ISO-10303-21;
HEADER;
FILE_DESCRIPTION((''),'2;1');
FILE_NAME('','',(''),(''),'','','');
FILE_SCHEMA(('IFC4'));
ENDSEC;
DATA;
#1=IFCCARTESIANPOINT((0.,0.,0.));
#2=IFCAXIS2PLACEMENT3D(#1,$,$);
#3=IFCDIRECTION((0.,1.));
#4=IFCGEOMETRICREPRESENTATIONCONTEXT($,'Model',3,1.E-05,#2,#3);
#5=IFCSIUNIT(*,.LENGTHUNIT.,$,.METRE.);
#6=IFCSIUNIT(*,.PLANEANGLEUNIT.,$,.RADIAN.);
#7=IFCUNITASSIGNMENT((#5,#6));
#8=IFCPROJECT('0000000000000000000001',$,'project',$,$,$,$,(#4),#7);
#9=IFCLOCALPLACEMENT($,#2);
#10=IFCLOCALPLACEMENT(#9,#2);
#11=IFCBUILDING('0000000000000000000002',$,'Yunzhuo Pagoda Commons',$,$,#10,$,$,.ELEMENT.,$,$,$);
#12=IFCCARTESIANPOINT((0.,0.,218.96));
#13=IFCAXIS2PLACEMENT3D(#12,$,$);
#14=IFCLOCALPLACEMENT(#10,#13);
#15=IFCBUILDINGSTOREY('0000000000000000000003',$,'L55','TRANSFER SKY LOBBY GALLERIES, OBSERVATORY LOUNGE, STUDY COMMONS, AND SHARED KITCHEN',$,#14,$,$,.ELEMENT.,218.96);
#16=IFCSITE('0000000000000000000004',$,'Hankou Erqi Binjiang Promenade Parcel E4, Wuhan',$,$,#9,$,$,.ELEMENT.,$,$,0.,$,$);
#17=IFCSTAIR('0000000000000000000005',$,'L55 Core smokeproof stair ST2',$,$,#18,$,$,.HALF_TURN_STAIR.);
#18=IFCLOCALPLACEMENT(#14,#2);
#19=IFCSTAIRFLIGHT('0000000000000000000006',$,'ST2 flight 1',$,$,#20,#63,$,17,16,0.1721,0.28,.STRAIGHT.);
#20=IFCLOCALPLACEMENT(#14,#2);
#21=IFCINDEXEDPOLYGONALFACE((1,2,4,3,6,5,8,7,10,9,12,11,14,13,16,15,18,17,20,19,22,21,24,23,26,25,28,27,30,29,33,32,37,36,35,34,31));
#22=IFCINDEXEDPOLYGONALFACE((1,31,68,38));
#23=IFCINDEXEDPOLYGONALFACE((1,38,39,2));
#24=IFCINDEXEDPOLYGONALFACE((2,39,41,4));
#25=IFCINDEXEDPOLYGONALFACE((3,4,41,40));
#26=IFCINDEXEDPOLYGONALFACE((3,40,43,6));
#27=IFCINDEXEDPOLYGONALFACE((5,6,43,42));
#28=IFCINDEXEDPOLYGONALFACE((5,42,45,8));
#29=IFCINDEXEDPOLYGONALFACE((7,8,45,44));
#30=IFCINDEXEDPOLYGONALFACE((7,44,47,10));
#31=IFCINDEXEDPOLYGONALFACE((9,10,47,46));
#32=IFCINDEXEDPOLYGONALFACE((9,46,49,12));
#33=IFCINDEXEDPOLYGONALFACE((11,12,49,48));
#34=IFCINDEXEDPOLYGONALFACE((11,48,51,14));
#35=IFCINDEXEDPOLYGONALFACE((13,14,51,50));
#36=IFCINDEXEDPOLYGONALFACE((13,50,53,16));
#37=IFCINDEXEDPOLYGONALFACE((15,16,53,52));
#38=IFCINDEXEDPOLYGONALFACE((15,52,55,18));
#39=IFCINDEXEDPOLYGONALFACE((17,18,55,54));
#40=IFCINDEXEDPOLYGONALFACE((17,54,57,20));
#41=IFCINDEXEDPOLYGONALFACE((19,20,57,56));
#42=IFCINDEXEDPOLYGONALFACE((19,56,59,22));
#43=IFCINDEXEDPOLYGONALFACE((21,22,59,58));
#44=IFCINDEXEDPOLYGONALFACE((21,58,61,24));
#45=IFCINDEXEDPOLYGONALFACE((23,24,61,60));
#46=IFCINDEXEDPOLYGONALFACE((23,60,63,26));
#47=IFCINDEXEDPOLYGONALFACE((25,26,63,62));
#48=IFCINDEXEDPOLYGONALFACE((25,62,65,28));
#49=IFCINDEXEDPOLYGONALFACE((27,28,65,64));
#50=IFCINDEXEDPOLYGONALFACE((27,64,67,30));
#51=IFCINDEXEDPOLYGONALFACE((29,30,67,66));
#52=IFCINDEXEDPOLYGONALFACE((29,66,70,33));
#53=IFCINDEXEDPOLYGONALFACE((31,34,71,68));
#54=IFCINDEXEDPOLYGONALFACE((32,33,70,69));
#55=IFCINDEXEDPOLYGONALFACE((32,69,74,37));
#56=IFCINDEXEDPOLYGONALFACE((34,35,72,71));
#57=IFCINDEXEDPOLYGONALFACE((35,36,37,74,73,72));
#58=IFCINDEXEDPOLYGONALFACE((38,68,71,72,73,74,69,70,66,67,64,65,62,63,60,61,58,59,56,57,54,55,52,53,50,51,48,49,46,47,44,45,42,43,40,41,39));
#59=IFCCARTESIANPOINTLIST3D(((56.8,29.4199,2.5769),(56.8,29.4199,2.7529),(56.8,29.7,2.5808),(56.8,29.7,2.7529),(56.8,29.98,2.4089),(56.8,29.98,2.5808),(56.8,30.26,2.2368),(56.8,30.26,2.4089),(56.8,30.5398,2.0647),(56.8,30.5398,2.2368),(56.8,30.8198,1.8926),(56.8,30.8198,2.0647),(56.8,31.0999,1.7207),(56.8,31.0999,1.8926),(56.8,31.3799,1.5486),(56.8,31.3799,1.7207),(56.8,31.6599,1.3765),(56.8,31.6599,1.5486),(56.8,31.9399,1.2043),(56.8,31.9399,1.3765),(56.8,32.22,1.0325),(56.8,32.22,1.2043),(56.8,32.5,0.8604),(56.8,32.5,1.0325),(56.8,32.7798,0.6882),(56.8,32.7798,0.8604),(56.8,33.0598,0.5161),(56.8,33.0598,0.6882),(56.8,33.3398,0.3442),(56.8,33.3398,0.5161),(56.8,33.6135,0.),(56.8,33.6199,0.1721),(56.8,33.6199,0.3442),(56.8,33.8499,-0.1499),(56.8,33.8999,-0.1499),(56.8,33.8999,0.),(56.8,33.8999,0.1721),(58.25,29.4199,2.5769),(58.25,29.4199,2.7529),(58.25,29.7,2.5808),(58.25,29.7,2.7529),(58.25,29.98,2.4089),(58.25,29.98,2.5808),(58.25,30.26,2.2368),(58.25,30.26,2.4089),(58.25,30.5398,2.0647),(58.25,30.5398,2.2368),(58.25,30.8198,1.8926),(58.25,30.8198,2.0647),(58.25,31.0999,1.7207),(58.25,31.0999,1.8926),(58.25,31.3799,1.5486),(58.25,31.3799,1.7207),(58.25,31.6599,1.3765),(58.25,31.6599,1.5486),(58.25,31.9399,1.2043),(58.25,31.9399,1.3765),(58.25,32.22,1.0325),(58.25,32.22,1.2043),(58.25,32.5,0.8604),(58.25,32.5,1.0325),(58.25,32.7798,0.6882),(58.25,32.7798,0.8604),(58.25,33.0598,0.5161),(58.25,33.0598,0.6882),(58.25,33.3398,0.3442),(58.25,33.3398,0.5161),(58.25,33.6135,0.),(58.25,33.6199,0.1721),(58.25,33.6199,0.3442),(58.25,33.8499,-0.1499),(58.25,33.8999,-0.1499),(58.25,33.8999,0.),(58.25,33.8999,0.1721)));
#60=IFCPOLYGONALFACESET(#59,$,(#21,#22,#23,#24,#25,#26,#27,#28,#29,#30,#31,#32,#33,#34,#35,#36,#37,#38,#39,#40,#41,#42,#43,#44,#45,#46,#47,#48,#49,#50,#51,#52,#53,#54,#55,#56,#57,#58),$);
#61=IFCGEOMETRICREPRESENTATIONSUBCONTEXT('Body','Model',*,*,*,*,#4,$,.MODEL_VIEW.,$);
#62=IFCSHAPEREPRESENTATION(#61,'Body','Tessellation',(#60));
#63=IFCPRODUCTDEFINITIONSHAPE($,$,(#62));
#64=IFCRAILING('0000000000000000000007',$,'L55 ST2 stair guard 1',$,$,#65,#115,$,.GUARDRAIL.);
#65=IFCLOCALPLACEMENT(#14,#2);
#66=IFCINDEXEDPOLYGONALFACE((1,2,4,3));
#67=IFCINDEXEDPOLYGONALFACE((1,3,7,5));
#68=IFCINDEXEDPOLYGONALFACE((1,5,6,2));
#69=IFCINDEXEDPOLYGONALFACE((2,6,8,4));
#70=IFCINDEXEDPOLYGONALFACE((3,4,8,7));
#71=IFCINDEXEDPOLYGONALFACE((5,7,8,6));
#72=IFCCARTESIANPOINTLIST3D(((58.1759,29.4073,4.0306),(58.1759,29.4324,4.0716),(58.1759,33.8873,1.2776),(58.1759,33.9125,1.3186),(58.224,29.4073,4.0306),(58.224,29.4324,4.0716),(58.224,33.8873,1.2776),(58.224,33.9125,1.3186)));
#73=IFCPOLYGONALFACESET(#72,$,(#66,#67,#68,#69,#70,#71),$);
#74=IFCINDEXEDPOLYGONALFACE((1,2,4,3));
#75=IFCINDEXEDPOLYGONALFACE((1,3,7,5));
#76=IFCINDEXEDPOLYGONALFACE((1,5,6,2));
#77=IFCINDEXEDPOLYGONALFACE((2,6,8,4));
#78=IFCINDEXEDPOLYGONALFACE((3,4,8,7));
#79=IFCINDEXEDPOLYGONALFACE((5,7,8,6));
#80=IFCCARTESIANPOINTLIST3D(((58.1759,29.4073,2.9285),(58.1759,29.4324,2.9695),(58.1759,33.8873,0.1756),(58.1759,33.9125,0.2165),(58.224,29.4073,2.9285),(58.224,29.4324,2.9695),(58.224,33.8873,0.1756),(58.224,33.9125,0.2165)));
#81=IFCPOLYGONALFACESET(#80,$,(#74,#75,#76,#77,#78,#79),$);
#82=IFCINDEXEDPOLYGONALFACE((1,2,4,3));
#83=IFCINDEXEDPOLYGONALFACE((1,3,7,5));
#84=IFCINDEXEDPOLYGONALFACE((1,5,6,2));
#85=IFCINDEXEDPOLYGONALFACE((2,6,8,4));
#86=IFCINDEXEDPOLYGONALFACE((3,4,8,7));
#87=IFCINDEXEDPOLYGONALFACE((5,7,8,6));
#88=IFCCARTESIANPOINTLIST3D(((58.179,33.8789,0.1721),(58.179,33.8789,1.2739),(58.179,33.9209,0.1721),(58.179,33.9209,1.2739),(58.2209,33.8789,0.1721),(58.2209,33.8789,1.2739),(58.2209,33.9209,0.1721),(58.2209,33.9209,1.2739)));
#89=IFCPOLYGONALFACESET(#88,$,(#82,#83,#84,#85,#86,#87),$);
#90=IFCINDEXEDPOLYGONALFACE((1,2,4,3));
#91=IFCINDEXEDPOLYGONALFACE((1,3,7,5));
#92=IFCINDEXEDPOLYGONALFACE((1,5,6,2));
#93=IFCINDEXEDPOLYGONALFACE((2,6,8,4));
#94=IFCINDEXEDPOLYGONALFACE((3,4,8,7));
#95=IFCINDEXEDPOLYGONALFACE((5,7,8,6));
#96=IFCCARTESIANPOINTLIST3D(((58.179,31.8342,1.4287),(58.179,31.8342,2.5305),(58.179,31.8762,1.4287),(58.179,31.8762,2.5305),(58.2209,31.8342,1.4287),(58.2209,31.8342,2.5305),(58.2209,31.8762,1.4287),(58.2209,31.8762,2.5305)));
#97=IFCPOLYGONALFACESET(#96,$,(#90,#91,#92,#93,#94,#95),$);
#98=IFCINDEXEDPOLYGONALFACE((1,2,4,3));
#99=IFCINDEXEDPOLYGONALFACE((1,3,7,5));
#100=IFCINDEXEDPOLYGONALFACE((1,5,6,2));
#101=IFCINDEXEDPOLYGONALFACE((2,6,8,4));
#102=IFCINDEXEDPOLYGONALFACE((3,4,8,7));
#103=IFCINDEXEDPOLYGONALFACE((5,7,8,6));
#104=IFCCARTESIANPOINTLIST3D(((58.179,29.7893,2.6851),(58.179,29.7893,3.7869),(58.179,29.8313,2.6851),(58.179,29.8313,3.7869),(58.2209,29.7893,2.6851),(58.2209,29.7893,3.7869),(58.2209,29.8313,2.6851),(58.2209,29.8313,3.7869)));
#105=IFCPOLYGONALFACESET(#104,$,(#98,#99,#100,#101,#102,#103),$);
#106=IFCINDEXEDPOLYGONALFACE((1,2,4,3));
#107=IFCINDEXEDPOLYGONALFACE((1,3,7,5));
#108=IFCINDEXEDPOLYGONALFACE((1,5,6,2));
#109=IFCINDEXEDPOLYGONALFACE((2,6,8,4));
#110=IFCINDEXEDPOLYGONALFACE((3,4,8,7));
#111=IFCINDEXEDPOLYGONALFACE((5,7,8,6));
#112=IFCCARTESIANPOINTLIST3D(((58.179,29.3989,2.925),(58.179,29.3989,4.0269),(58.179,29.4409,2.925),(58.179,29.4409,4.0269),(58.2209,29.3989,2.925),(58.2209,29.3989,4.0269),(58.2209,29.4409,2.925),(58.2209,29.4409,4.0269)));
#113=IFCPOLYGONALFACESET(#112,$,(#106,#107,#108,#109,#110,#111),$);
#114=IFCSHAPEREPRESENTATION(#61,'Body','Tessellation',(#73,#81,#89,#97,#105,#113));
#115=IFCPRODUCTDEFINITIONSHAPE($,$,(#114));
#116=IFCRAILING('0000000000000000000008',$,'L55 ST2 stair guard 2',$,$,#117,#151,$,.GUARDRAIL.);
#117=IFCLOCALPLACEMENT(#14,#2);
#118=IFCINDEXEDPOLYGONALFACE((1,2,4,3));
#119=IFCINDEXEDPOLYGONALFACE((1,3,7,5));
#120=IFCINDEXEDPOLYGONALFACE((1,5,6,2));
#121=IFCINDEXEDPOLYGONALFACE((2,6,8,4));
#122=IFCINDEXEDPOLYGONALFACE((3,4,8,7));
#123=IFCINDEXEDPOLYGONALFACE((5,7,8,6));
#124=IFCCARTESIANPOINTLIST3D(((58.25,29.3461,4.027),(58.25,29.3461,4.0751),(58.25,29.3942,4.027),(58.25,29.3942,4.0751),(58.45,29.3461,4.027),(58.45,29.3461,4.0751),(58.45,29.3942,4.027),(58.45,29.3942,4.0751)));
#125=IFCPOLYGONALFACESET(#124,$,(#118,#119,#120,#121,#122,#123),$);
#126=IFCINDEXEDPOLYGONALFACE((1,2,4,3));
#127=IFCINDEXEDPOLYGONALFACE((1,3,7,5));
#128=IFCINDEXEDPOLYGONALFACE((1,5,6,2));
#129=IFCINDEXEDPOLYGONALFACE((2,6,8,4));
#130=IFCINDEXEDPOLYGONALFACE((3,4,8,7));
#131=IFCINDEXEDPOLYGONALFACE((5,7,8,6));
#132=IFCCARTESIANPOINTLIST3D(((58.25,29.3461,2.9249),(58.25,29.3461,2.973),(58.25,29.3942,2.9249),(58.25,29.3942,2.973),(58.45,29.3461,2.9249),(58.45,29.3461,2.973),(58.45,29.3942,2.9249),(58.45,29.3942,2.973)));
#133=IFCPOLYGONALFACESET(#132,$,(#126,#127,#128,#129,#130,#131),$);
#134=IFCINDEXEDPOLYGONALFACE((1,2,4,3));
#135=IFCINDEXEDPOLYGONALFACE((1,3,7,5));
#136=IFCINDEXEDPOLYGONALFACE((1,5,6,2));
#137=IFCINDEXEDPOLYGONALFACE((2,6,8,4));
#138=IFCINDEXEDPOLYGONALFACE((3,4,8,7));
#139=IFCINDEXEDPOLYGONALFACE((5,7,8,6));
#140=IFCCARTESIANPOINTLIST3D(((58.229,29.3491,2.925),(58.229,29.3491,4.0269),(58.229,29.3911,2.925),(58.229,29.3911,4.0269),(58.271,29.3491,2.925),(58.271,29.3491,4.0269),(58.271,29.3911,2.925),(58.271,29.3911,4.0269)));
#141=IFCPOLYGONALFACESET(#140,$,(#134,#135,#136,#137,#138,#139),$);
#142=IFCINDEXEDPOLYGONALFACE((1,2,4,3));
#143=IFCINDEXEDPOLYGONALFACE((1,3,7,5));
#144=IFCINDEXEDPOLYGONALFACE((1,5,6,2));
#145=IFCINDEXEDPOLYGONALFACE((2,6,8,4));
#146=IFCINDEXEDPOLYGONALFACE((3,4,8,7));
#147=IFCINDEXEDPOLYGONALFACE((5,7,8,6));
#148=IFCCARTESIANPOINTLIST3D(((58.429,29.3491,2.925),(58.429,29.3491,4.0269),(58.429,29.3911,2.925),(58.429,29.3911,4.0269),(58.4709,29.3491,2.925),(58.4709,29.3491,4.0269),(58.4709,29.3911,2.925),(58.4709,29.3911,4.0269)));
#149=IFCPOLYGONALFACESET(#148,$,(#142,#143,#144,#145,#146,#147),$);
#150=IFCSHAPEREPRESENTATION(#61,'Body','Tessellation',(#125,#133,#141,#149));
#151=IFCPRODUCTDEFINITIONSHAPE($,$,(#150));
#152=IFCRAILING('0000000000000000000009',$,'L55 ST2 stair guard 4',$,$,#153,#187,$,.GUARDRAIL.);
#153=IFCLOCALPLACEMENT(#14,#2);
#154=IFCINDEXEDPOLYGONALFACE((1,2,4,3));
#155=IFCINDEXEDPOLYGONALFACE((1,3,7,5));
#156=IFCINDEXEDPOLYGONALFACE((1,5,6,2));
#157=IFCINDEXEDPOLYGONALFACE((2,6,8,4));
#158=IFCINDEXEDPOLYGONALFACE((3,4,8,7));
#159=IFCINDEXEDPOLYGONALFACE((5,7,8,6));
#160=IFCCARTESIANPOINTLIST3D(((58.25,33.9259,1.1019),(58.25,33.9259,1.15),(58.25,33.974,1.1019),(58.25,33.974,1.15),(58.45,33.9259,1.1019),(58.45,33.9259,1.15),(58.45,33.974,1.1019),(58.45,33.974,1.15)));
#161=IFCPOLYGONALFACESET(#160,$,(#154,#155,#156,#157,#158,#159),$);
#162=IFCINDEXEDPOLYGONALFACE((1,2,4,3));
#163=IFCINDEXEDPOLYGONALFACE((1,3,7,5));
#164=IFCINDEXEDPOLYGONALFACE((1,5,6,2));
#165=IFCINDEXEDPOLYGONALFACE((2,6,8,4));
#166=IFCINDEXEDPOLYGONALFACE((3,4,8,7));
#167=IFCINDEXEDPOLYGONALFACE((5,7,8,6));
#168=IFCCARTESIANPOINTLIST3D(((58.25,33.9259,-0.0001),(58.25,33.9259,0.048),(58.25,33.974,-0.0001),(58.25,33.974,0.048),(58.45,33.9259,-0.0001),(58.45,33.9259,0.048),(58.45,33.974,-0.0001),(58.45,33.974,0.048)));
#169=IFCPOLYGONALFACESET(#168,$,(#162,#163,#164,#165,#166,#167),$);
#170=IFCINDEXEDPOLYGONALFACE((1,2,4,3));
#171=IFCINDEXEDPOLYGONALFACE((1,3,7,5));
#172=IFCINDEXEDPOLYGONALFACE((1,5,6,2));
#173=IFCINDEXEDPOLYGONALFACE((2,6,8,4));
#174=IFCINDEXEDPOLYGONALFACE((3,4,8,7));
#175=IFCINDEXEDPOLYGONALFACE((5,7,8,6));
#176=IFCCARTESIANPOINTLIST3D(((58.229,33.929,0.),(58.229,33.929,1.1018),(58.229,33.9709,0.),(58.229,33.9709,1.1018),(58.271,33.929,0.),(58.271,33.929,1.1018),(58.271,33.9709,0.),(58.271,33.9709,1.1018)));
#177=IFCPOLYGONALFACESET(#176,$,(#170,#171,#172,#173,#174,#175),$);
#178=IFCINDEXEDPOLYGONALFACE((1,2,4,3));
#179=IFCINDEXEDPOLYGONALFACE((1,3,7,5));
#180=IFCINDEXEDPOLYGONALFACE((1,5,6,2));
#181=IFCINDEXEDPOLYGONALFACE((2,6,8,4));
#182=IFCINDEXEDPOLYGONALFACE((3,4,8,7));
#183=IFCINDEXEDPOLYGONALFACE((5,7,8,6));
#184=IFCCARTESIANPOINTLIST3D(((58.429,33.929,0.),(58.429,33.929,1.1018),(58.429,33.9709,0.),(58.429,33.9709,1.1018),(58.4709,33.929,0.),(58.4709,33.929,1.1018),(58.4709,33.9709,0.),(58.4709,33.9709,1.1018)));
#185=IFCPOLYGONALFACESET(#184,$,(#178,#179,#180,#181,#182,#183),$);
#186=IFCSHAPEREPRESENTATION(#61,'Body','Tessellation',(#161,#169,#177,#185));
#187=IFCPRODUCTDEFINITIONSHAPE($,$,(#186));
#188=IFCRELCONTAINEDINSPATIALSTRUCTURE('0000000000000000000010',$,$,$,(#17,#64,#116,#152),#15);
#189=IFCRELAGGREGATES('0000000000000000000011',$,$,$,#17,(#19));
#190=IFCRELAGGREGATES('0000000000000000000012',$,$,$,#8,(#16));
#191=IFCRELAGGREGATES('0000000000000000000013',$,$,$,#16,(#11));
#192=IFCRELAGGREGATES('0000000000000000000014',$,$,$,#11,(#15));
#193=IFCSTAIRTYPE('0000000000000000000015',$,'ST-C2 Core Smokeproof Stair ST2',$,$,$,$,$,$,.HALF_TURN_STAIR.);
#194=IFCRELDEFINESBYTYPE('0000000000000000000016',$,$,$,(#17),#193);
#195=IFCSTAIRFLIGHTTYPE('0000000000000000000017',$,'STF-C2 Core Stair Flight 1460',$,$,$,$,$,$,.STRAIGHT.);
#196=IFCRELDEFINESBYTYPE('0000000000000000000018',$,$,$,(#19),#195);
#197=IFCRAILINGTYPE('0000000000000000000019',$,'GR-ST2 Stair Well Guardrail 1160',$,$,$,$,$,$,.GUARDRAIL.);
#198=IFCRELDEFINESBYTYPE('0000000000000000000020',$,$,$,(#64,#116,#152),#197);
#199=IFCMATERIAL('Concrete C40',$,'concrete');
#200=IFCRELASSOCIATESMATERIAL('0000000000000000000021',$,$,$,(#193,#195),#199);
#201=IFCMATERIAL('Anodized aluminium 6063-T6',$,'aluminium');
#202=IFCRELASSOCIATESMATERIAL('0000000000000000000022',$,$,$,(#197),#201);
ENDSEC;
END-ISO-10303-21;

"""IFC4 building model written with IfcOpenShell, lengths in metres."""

from ifc_helpers import new_model, si_unit, direction, frame, origin, origin_2d, place, context, subcontext, project, spatial, polyline, rectangle, outline, extrude, source, transform, mapped, material, type_object, element, aggregate, save


model = new_model("IFC4")

# Units and contexts
model_context = context("Model", 3, precision=1e-05, world=origin(), true_north=direction((0.0, 1.0)))
body_context = subcontext(model_context, "Body", "Model", "MODEL_VIEW")
ifc_project = project(units=[si_unit("LENGTHUNIT", "METRE"), si_unit("PLANEANGLEUNIT", "RADIAN")], contexts=[model_context])

# Site, building, storey
site_placement = place(None, origin())
site = spatial("IfcSite", under=ifc_project, at=site_placement, Name="Hankou Erqi Binjiang Promenade Parcel E4, Wuhan", CompositionType="ELEMENT", RefElevation=0.0)
building_placement = place(site_placement, origin())
building = spatial("IfcBuilding", under=site, at=building_placement, Name="Yunzhuo Pagoda Commons", CompositionType="ELEMENT")
storey_placement = place(building_placement, frame((0.0, 0.0, 218.96)))
storey = spatial("IfcBuildingStorey", under=building, at=storey_placement, Name="L55", Description="TRANSFER SKY LOBBY GALLERIES, OBSERVATORY LOUNGE, STUDY COMMONS, AND SHARED KITCHEN", CompositionType="ELEMENT", Elevation=218.96)

# Shared definitions
ifc_material_1 = material(Name="Concrete C40", Category="concrete")

# Stair, stair flight
stair_type = type_object("IfcStairType", Name="ST-C2 Core Smokeproof Stair ST2", PredefinedType="HALF_TURN_STAIR", material=ifc_material_1)
stair_placement = place(storey_placement, origin())
stair = element("IfcStair", 1, at=stair_placement, inside=storey, type_object=stair_type, Name="L55 Core smokeproof stair ST2", PredefinedType="HALF_TURN_STAIR")
stair_flight_type = type_object("IfcStairFlightType", Name="STF-C2 Core Stair Flight 1460", PredefinedType="STRAIGHT", material=ifc_material_1)
shared_shape_1 = source(origin(), body_context, "Body", "SweptSolid", [
    extrude(outline(polyline([(0.0, -0.1499), (0.0, 0.0), (0.0, 0.1721), (0.28, 0.1721), (0.28, 0.3442), (0.5601, 0.3442), (0.5601, 0.5161), (0.8401, 0.5161), (0.8401, 0.6882), (1.1201, 0.6882), (1.1201, 0.8604), (1.3999, 0.8604), (1.3999, 1.0325), (1.6799, 1.0325), (1.6799, 1.2043), (1.96, 1.2043), (1.96, 1.3765), (2.24, 1.3765), (2.24, 1.5486), (2.52, 1.5486), (2.52, 1.7207), (2.8, 1.7207), (2.8, 1.8926), (3.0801, 1.8926), (3.0801, 2.0647), (3.3601, 2.0647), (3.3601, 2.2368), (3.6399, 2.2368), (3.6399, 2.4089), (3.9199, 2.4089), (3.9199, 2.5808), (4.2, 2.5808), (4.2, 2.7529), (4.48, 2.7529), (4.48, 2.925), (4.48, 2.5769), (0.2864, 0.0), (0.05, -0.1499), (0.0, -0.1499)])), frame((0.0, 0.7251, 0.0), z_axis=(0.0, -1.0, 0.0), x_axis=(1.0, 0.0, 0.0)), (0.0, 0.0, 1.0), 1.45),
])
stair_flight_placement = place(storey_placement, frame((57.5249, 33.8999, 0.0), z_axis=(0.0, 0.0, 1.0), x_axis=(0.0, -1.0, 0.0)))
stair_flight = element("IfcStairFlight", 2, at=stair_flight_placement, type_object=stair_flight_type, Name="ST2 flight 1", NumberOfRisers=17, NumberOfTreads=16, PredefinedType="STRAIGHT", RiserHeight=0.1721, TreadLength=0.28, context=body_context, shape_type="MappedRepresentation", body=[
    mapped(shared_shape_1, transform((0.0, 0.0, 0.0), scale=1.0)),
])
aggregate(stair, [stair_flight])

# Railings
ifc_material_2 = material(Name="Anodized aluminium 6063-T6", Category="aluminium")
railing_type_1 = type_object("IfcRailingType", Name="GR-ST2 Stair Well Guardrail 1160", PredefinedType="GUARDRAIL", material=ifc_material_2)
railing_1_placement = place(storey_placement, frame((58.2, 33.8999, 0.1721)))
element("IfcRailing", 3, at=railing_1_placement, inside=storey, type_object=railing_type_1, Name="L55 ST2 stair guard 1", PredefinedType="GUARDRAIL", context=body_context, shape_type="SweptSolid", body=[
    extrude(rectangle(XDim=0.0481, YDim=0.0481, at=origin_2d()), frame((0.0, 0.0, 1.126), z_axis=(0.0, -0.851996, 0.523548), x_axis=(1.0, 0.0, 0.0)), (0.0, 0.0, 1.0), 5.2583),
    extrude(rectangle(XDim=0.0481, YDim=0.0481, at=origin_2d()), frame((0.0, 0.0, 0.0239), z_axis=(0.0, -0.851996, 0.523548), x_axis=(1.0, 0.0, 0.0)), (0.0, 0.0, 1.0), 5.2583),
    extrude(rectangle(XDim=0.042, YDim=0.042, at=origin_2d()), origin(), (0.0, 0.0, 1.0), 1.1018),
    extrude(rectangle(XDim=0.042, YDim=0.042, at=origin_2d()), frame((0.0, -2.0447, 1.2566)), (0.0, 0.0, 1.0), 1.1018),
    extrude(rectangle(XDim=0.042, YDim=0.042, at=origin_2d()), frame((0.0, -4.0896, 2.5129)), (0.0, 0.0, 1.0), 1.1018),
    extrude(rectangle(XDim=0.042, YDim=0.042, at=origin_2d()), frame((0.0, -4.48, 2.7529)), (0.0, 0.0, 1.0), 1.1018),
])
for number, where, name in (
    (4, (58.25, 29.3701, 2.925), "L55 ST2 stair guard 2"),
    (5, (58.25, 33.95, 0.0), "L55 ST2 stair guard 4"),
):
    element("IfcRailing", number, at=place(storey_placement, frame(where)), inside=storey, type_object=railing_type_1, Name=name, PredefinedType="GUARDRAIL", context=body_context, shape_type="SweptSolid", body=[
        extrude(rectangle(XDim=0.0481, YDim=0.0481, at=origin_2d()), frame((0.0, 0.0, 1.126), z_axis=(1.0, 0.0, 0.0), x_axis=(0.0, 1.0, 0.0)), (0.0, 0.0, 1.0), 0.2),
        extrude(rectangle(XDim=0.0481, YDim=0.0481, at=origin_2d()), frame((0.0, 0.0, 0.0239), z_axis=(1.0, 0.0, 0.0), x_axis=(0.0, 1.0, 0.0)), (0.0, 0.0, 1.0), 0.2),
        extrude(rectangle(XDim=0.042, YDim=0.042, at=origin_2d()), origin(), (0.0, 0.0, 1.0), 1.1018),
        extrude(rectangle(XDim=0.042, YDim=0.042, at=origin_2d()), frame((0.2, 0.0, 0.0)), (0.0, 0.0, 1.0), 1.1018),
    ])

save(model, "model.ifc")
